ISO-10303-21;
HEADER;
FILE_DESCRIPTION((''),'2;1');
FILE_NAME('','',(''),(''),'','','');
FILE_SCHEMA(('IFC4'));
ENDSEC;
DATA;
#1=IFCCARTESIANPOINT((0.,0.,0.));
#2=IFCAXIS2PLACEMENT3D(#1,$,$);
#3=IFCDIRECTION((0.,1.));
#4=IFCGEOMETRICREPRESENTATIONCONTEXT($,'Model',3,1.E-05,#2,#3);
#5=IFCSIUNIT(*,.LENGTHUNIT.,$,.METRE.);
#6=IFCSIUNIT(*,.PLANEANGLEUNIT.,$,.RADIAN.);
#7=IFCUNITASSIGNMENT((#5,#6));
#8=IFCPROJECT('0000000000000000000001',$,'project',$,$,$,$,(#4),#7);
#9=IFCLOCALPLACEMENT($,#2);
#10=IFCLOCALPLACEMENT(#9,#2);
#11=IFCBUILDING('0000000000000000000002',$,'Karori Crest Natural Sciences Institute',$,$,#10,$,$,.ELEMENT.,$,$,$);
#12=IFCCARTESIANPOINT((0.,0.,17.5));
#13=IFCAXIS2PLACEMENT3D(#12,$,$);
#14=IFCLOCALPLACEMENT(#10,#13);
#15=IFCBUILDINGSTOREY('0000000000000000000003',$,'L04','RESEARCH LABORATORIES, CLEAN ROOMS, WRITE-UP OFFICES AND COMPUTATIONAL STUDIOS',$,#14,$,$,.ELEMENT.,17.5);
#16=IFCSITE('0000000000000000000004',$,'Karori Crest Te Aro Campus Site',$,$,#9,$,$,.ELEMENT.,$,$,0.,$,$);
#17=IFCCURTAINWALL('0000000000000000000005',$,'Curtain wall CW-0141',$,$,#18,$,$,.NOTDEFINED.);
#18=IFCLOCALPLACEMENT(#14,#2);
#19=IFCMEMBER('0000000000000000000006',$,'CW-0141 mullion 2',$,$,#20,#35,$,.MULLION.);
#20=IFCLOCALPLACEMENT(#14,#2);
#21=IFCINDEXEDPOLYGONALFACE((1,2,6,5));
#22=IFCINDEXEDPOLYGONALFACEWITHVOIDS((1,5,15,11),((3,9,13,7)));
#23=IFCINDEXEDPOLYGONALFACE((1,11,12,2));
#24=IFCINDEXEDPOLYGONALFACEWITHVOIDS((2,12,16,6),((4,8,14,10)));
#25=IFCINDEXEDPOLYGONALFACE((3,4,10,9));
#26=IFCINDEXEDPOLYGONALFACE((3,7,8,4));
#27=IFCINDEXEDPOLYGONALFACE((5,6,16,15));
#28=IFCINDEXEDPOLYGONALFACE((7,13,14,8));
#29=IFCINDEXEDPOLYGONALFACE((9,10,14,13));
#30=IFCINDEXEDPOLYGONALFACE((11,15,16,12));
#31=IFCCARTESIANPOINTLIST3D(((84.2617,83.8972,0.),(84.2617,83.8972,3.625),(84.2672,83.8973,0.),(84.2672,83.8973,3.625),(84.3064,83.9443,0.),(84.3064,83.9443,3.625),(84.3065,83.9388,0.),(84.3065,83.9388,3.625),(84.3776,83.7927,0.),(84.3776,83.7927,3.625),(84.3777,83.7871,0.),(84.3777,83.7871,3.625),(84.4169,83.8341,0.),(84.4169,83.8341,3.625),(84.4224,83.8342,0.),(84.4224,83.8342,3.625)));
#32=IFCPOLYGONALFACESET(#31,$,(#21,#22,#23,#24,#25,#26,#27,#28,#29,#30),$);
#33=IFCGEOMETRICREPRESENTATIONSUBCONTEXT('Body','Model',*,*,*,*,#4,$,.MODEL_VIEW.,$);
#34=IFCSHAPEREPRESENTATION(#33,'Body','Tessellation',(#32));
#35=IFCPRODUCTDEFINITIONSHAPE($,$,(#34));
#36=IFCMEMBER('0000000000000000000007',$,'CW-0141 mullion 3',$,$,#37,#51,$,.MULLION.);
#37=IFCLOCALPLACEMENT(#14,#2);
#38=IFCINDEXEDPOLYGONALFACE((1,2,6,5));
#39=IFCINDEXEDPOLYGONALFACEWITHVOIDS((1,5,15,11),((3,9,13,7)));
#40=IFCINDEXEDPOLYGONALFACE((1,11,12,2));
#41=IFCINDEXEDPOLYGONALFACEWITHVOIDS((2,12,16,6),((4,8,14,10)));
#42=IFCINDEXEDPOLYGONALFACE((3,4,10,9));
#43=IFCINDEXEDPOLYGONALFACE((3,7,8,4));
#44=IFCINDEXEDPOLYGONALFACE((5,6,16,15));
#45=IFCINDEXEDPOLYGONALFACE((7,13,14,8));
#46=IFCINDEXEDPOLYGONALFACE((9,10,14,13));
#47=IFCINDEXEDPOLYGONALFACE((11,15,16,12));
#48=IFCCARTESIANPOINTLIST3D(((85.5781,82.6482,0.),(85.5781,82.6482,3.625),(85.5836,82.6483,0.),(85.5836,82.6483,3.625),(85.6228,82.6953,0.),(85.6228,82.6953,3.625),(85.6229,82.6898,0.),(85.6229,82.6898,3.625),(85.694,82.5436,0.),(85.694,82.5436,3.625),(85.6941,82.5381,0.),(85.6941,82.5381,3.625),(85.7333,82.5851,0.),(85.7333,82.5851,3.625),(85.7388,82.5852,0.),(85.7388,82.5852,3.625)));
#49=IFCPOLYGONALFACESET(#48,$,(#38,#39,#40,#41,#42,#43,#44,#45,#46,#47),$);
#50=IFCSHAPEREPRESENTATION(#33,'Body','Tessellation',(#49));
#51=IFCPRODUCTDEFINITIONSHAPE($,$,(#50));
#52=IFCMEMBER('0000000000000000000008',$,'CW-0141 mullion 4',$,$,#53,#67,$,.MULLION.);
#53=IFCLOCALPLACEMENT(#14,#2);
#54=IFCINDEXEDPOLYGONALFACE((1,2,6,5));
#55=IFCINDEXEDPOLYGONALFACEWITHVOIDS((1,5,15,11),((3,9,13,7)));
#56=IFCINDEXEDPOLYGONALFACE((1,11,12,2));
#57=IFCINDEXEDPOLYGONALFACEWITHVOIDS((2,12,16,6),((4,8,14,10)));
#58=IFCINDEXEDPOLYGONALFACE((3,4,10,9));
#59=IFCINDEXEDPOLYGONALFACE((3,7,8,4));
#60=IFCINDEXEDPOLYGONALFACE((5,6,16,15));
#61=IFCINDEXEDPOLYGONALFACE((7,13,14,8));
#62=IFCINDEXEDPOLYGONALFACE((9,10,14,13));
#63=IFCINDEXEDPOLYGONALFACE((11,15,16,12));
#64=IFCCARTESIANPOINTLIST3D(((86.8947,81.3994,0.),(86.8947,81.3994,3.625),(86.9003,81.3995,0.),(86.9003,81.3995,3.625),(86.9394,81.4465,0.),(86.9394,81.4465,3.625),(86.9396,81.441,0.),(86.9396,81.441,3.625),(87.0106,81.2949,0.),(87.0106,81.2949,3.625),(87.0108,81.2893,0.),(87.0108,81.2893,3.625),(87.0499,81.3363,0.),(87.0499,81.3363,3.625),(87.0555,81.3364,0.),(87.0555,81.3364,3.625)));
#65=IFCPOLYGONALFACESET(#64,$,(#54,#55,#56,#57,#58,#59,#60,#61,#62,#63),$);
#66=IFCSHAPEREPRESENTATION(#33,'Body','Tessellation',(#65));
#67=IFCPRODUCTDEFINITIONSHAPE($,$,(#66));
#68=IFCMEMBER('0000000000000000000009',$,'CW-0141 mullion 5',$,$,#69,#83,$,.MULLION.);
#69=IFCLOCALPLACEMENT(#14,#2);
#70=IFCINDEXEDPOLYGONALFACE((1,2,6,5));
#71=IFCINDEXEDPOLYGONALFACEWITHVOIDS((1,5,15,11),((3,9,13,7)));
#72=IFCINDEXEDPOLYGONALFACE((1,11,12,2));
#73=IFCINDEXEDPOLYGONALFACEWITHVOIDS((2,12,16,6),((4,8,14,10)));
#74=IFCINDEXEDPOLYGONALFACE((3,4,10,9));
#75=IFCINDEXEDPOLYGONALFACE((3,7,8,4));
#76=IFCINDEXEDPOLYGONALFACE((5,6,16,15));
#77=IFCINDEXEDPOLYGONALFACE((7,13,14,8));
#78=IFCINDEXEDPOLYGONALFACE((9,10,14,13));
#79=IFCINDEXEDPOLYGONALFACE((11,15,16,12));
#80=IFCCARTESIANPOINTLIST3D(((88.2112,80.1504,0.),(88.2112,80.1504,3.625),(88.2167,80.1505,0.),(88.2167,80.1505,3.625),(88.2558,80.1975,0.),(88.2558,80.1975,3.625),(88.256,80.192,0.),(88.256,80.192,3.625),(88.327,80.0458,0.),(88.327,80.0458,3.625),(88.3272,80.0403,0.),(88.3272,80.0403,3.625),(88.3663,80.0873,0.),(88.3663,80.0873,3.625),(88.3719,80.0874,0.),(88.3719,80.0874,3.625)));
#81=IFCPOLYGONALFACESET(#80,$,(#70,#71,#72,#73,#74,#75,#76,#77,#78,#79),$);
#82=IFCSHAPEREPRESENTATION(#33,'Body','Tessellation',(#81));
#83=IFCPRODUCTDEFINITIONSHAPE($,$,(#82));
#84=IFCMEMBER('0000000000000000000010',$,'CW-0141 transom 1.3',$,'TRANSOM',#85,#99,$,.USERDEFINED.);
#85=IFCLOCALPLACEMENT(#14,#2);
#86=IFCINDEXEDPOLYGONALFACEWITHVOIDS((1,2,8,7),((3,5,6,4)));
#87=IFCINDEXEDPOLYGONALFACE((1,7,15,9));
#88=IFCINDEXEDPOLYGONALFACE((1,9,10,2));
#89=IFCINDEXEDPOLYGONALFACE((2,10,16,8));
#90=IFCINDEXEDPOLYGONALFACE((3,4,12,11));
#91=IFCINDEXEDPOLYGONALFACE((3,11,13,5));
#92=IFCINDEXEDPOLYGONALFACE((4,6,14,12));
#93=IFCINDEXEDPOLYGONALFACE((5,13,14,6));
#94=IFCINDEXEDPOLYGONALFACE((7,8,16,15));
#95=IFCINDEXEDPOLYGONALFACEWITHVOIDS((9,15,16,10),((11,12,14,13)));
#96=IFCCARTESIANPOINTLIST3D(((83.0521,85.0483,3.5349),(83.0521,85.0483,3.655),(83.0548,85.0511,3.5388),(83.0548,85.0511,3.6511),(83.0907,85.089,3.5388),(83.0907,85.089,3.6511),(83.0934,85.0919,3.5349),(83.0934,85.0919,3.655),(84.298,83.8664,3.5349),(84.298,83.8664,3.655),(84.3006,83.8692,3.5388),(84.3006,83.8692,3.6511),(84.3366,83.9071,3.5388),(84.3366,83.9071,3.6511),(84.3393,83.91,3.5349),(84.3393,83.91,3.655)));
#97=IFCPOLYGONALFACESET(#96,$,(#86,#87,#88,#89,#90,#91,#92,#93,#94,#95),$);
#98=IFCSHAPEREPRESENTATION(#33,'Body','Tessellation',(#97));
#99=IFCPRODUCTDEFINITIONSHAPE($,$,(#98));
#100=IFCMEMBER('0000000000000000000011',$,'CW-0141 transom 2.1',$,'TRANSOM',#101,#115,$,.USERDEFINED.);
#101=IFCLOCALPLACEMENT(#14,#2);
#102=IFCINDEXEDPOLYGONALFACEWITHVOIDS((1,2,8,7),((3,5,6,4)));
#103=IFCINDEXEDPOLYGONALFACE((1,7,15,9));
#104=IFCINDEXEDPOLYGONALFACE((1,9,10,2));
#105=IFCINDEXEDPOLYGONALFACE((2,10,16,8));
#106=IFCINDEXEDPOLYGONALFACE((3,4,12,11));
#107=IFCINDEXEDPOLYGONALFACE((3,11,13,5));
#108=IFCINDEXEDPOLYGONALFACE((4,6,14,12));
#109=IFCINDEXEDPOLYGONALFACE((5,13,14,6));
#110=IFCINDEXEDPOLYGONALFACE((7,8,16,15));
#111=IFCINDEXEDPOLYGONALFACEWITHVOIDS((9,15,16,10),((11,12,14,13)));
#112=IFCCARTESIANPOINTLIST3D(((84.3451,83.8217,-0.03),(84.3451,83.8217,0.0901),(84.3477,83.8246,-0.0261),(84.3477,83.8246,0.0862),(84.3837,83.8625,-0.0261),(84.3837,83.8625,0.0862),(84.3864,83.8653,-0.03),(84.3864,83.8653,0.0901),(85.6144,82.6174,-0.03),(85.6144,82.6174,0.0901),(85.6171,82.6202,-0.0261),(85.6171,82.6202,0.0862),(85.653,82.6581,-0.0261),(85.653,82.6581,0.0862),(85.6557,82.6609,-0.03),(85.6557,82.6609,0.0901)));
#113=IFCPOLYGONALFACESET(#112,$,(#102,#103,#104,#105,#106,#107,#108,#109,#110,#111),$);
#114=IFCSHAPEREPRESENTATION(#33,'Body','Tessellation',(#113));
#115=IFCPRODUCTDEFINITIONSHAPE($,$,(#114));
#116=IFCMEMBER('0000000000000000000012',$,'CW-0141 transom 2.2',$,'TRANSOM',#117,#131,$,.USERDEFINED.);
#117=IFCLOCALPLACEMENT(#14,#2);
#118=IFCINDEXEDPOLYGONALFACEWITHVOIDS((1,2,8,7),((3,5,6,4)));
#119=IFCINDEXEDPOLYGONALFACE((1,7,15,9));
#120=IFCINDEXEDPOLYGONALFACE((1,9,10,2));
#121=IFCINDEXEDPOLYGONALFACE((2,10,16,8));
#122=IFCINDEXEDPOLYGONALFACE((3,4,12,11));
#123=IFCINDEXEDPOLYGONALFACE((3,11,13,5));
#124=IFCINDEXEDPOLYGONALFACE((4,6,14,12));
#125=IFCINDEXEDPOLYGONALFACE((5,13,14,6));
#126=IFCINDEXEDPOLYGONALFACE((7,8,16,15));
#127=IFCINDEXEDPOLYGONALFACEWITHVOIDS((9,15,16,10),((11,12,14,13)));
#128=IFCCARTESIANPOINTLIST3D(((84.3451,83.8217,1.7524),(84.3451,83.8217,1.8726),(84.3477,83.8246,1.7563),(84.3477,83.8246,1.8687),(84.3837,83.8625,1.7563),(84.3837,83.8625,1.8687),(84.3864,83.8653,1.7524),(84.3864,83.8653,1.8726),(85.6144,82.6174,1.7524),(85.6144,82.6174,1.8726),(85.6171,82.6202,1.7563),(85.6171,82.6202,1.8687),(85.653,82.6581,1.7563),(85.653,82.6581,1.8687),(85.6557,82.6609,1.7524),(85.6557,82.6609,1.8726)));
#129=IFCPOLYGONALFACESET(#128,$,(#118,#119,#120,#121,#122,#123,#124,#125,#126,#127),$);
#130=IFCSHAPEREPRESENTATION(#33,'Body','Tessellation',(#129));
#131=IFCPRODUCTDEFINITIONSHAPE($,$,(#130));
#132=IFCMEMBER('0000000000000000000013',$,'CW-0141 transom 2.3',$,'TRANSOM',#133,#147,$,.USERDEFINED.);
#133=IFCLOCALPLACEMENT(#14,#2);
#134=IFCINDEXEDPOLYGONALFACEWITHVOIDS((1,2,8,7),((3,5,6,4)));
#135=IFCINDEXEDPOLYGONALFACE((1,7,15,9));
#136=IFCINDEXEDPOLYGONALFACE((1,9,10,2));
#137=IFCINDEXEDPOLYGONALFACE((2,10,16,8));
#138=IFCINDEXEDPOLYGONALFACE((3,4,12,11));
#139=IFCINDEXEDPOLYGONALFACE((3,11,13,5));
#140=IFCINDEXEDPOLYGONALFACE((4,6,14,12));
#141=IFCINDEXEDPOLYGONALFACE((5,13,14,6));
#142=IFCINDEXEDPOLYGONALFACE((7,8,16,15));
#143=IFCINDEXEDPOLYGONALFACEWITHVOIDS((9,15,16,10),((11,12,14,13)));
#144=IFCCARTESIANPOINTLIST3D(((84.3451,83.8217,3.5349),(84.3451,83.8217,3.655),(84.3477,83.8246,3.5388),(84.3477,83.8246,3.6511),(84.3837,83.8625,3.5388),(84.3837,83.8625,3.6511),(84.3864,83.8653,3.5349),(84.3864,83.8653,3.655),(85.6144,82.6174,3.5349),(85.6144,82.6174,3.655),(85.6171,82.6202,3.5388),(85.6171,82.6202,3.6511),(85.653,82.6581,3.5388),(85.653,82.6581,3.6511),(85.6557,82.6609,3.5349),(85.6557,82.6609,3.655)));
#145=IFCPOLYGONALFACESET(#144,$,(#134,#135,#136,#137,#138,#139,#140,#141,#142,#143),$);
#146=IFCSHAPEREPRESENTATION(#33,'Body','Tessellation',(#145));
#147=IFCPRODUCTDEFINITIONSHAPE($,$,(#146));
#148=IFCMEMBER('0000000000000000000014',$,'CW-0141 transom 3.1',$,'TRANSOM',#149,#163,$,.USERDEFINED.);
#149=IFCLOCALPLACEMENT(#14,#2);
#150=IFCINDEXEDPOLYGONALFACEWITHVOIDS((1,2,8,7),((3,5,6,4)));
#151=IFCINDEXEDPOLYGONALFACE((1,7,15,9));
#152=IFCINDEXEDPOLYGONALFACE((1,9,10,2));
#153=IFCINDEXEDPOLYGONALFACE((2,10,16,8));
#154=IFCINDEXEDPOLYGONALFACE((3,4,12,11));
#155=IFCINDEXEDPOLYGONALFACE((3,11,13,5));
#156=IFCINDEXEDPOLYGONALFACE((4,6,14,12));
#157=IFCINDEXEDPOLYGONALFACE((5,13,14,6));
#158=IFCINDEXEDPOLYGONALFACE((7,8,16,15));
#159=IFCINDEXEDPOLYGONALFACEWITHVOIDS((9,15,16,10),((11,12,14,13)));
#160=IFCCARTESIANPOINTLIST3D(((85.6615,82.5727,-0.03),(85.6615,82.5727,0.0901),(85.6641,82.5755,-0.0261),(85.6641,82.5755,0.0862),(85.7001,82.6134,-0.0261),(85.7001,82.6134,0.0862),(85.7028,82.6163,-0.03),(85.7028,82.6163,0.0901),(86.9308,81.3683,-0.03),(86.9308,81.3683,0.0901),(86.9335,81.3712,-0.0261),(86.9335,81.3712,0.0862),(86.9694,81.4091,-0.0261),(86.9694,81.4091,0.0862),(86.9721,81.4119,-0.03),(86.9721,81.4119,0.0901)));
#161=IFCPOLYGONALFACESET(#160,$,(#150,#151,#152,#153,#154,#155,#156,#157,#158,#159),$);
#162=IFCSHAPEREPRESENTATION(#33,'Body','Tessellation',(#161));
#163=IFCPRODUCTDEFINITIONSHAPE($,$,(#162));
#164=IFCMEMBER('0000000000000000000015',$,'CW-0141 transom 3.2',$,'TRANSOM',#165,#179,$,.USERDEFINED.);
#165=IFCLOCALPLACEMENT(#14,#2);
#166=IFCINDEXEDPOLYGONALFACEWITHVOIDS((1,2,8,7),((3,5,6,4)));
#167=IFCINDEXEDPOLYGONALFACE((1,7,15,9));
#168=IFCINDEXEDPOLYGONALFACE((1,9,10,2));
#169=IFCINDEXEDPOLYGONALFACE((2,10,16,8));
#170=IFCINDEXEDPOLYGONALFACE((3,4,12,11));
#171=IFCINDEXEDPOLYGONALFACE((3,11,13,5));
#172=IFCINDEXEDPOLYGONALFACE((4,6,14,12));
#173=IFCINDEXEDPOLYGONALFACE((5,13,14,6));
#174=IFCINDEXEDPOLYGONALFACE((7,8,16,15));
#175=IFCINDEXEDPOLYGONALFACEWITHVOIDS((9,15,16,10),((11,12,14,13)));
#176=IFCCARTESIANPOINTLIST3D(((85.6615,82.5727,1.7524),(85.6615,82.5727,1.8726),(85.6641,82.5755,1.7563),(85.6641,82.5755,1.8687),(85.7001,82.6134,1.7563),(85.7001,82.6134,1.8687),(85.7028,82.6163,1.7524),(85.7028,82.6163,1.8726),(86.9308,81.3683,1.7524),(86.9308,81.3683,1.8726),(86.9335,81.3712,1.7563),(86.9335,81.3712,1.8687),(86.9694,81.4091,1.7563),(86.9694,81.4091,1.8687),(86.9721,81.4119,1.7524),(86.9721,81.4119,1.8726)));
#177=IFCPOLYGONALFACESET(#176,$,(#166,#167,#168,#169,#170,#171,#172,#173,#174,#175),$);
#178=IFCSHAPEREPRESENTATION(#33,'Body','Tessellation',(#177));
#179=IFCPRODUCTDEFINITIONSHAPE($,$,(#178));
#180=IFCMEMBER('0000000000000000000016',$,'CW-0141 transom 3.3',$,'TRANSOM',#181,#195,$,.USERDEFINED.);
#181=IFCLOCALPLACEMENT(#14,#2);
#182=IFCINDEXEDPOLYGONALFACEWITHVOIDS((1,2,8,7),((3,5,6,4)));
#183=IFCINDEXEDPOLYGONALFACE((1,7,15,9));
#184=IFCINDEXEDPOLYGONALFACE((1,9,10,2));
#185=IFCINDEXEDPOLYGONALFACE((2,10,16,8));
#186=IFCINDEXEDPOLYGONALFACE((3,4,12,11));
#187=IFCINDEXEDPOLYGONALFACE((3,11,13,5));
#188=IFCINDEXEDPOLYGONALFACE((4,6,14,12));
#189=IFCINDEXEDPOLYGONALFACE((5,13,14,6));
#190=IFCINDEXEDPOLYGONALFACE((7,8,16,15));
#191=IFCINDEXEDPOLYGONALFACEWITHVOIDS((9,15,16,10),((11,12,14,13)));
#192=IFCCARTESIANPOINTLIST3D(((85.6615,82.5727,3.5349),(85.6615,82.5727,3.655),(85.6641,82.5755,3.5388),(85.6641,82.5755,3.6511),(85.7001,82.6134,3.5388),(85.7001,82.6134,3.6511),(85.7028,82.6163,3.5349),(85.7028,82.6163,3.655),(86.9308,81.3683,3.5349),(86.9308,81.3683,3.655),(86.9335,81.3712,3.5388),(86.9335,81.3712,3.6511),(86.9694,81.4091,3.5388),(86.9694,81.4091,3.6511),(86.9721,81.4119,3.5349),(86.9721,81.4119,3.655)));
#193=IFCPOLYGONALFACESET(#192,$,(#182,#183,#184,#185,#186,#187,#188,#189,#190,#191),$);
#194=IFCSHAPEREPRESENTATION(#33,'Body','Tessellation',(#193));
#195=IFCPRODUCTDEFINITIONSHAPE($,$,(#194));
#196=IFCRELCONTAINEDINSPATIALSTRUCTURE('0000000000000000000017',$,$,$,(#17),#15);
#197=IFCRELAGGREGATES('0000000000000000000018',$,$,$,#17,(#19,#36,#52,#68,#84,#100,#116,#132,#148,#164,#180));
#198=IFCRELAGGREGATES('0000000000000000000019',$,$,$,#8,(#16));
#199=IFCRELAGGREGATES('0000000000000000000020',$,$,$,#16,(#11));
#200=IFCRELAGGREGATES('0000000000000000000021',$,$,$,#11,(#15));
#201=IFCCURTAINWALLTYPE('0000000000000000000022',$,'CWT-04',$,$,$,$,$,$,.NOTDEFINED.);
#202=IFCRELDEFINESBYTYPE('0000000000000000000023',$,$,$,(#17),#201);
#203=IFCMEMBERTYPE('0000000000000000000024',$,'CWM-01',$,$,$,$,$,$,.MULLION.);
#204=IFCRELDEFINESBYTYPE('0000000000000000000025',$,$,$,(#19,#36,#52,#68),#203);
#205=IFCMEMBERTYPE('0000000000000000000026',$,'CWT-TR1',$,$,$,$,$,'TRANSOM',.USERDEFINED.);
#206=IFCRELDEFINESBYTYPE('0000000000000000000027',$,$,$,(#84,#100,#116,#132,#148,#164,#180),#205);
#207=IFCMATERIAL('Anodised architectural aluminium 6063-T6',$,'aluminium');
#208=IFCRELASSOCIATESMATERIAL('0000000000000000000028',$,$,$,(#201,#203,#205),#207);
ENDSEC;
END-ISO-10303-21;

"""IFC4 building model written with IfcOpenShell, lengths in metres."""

from ifc_helpers import new_model, si_unit, direction, frame, origin, origin_2d, place, context, subcontext, project, spatial, hollow_rectangle, extrude, material, material_profile, profile_set, type_object, element, aggregate, save


model = new_model("IFC4")

# Units and contexts
model_context = context("Model", 3, precision=1e-05, world=origin(), true_north=direction((0.0, 1.0)))
body_context = subcontext(model_context, "Body", "Model", "MODEL_VIEW")
ifc_project = project(units=[si_unit("LENGTHUNIT", "METRE"), si_unit("PLANEANGLEUNIT", "RADIAN")], contexts=[model_context])

# Site, building, storey
site_placement = place(None, origin())
site = spatial("IfcSite", under=ifc_project, at=site_placement, Name="Karori Crest Te Aro Campus Site", CompositionType="ELEMENT", RefElevation=0.0)
building_placement = place(site_placement, origin())
building = spatial("IfcBuilding", under=site, at=building_placement, Name="Karori Crest Natural Sciences Institute", CompositionType="ELEMENT")
storey_placement = place(building_placement, frame((0.0, 0.0, 17.5)))
storey = spatial("IfcBuildingStorey", under=building, at=storey_placement, Name="L04", Description="RESEARCH LABORATORIES, CLEAN ROOMS, WRITE-UP OFFICES AND COMPUTATIONAL STUDIOS", CompositionType="ELEMENT", Elevation=17.5)

# Curtain wall, members
ifc_material_1 = material(Name="Anodised architectural aluminium 6063-T6", Category="aluminium")
curtain_wall_type = type_object("IfcCurtainWallType", Name="CWT-04", PredefinedType="NOTDEFINED", material=ifc_material_1)
curtain_wall_placement = place(storey_placement, origin())
curtain_wall = element("IfcCurtainWall", 1, at=curtain_wall_placement, inside=storey, type_object=curtain_wall_type, Name="Curtain wall CW-0141", PredefinedType="NOTDEFINED")
ifc_material_profile_1 = material_profile(ifc_material_1, hollow_rectangle(XDim=0.0649, YDim=0.1599, WallThickness=0.0039, at=origin_2d()), Name="CWM160x65x4")
ifc_profile_set_1 = profile_set([ifc_material_profile_1], Name="Anodised architectural aluminium 6063-T6")
member_type_1 = type_object("IfcMemberType", Name="CWM-01", PredefinedType="MULLION", material=ifc_profile_set_1)
member_1_placement = place(storey_placement, frame((84.342, 83.8657, 0.0), z_axis=(0.0, 0.0, 1.0), x_axis=(0.688252, 0.725471, 0.0)))
member_1 = element("IfcMember", 2, at=member_1_placement, type_object=member_type_1, Name="CW-0141 mullion 2", PredefinedType="MULLION", context=body_context, shape_type="SweptSolid", body=[
    extrude(hollow_rectangle(XDim=0.0649, YDim=0.1599, WallThickness=0.0039, at=origin_2d()), origin(), (0.0, 0.0, 1.0), 3.625),
])
member_2_placement = place(storey_placement, frame((85.6584, 82.6167, 0.0), z_axis=(0.0, 0.0, 1.0), x_axis=(0.688252, 0.725471, 0.0)))
member_2 = element("IfcMember", 3, at=member_2_placement, type_object=member_type_1, Name="CW-0141 mullion 3", PredefinedType="MULLION", context=body_context, shape_type="SweptSolid", body=[
    extrude(hollow_rectangle(XDim=0.0649, YDim=0.1599, WallThickness=0.0039, at=origin_2d()), origin(), (0.0, 0.0, 1.0), 3.625),
])
member_3_placement = place(storey_placement, frame((86.9751, 81.3679, 0.0), z_axis=(0.0, 0.0, 1.0), x_axis=(0.688252, 0.725471, 0.0)))
member_3 = element("IfcMember", 4, at=member_3_placement, type_object=member_type_1, Name="CW-0141 mullion 4", PredefinedType="MULLION", context=body_context, shape_type="SweptSolid", body=[
    extrude(hollow_rectangle(XDim=0.0649, YDim=0.1599, WallThickness=0.0039, at=origin_2d()), origin(), (0.0, 0.0, 1.0), 3.625),
])
member_4_placement = place(storey_placement, frame((88.2915, 80.1189, 0.0), z_axis=(0.0, 0.0, 1.0), x_axis=(0.688252, 0.725471, 0.0)))
member_4 = element("IfcMember", 5, at=member_4_placement, type_object=member_type_1, Name="CW-0141 mullion 5", PredefinedType="MULLION", context=body_context, shape_type="SweptSolid", body=[
    extrude(hollow_rectangle(XDim=0.0649, YDim=0.1599, WallThickness=0.0039, at=origin_2d()), origin(), (0.0, 0.0, 1.0), 3.625),
])
ifc_material_profile_2 = material_profile(ifc_material_1, hollow_rectangle(XDim=0.0601, YDim=0.1201, WallThickness=0.0039, at=origin_2d()), Name="CWT120x60x4")
ifc_profile_set_2 = profile_set([ifc_material_profile_2], Name="Anodised architectural aluminium 6063-T6")
member_type_2 = type_object("IfcMemberType", Name="CWT-TR1", ElementType="TRANSOM", PredefinedType="USERDEFINED", material=ifc_profile_set_2)
member_5_placement = place(storey_placement, frame((83.0728, 85.0701, 3.595), z_axis=(0.725486, -0.688237, 0.0), x_axis=(0.688237, 0.725486, 0.0)))
member_5 = element("IfcMember", 6, at=member_5_placement, type_object=member_type_2, Name="CW-0141 transom 1.3", ObjectType="TRANSOM", PredefinedType="USERDEFINED", context=body_context, shape_type="SweptSolid", body=[
    extrude(hollow_rectangle(XDim=0.0601, YDim=0.1201, WallThickness=0.0039, at=origin_2d()), origin(), (0.0, 0.0, 1.0), 1.7173),
])
member_6_placement = place(storey_placement, frame((84.3657, 83.8435, 0.03), z_axis=(0.725421, -0.688306, 0.0), x_axis=(0.688306, 0.725421, 0.0)))
member_6 = element("IfcMember", 7, at=member_6_placement, type_object=member_type_2, Name="CW-0141 transom 2.1", ObjectType="TRANSOM", PredefinedType="USERDEFINED", context=body_context, shape_type="SweptSolid", body=[
    extrude(hollow_rectangle(XDim=0.0601, YDim=0.1201, WallThickness=0.0039, at=origin_2d()), origin(), (0.0, 0.0, 1.0), 1.7498),
])
member_7_placement = place(storey_placement, frame((84.3657, 83.8435, 1.8125), z_axis=(0.725421, -0.688306, 0.0), x_axis=(0.688306, 0.725421, 0.0)))
member_7 = element("IfcMember", 8, at=member_7_placement, type_object=member_type_2, Name="CW-0141 transom 2.2", ObjectType="TRANSOM", PredefinedType="USERDEFINED", context=body_context, shape_type="SweptSolid", body=[
    extrude(hollow_rectangle(XDim=0.0601, YDim=0.1201, WallThickness=0.0039, at=origin_2d()), origin(), (0.0, 0.0, 1.0), 1.7498),
])
member_8_placement = place(storey_placement, frame((84.3657, 83.8435, 3.595), z_axis=(0.725421, -0.688306, 0.0), x_axis=(0.688306, 0.725421, 0.0)))
member_8 = element("IfcMember", 9, at=member_8_placement, type_object=member_type_2, Name="CW-0141 transom 2.3", ObjectType="TRANSOM", PredefinedType="USERDEFINED", context=body_context, shape_type="SweptSolid", body=[
    extrude(hollow_rectangle(XDim=0.0601, YDim=0.1201, WallThickness=0.0039, at=origin_2d()), origin(), (0.0, 0.0, 1.0), 1.7498),
])
member_9_placement = place(storey_placement, frame((85.6821, 82.5945, 0.03), z_axis=(0.725421, -0.688306, 0.0), x_axis=(0.688306, 0.725421, 0.0)))
member_9 = element("IfcMember", 10, at=member_9_placement, type_object=member_type_2, Name="CW-0141 transom 3.1", ObjectType="TRANSOM", PredefinedType="USERDEFINED", context=body_context, shape_type="SweptSolid", body=[
    extrude(hollow_rectangle(XDim=0.0601, YDim=0.1201, WallThickness=0.0039, at=origin_2d()), origin(), (0.0, 0.0, 1.0), 1.7498),
])
member_10_placement = place(storey_placement, frame((85.6821, 82.5945, 1.8125), z_axis=(0.725421, -0.688306, 0.0), x_axis=(0.688306, 0.725421, 0.0)))
member_10 = element("IfcMember", 11, at=member_10_placement, type_object=member_type_2, Name="CW-0141 transom 3.2", ObjectType="TRANSOM", PredefinedType="USERDEFINED", context=body_context, shape_type="SweptSolid", body=[
    extrude(hollow_rectangle(XDim=0.0601, YDim=0.1201, WallThickness=0.0039, at=origin_2d()), origin(), (0.0, 0.0, 1.0), 1.7498),
])
member_11_placement = place(storey_placement, frame((85.6821, 82.5945, 3.595), z_axis=(0.725421, -0.688306, 0.0), x_axis=(0.688306, 0.725421, 0.0)))
member_11 = element("IfcMember", 12, at=member_11_placement, type_object=member_type_2, Name="CW-0141 transom 3.3", ObjectType="TRANSOM", PredefinedType="USERDEFINED", context=body_context, shape_type="SweptSolid", body=[
    extrude(hollow_rectangle(XDim=0.0601, YDim=0.1201, WallThickness=0.0039, at=origin_2d()), origin(), (0.0, 0.0, 1.0), 1.7498),
])
aggregate(curtain_wall, [member_1, member_2, member_3, member_4, member_5, member_6, member_7, member_8, member_9, member_10, member_11])

save(model, "model.ifc")
